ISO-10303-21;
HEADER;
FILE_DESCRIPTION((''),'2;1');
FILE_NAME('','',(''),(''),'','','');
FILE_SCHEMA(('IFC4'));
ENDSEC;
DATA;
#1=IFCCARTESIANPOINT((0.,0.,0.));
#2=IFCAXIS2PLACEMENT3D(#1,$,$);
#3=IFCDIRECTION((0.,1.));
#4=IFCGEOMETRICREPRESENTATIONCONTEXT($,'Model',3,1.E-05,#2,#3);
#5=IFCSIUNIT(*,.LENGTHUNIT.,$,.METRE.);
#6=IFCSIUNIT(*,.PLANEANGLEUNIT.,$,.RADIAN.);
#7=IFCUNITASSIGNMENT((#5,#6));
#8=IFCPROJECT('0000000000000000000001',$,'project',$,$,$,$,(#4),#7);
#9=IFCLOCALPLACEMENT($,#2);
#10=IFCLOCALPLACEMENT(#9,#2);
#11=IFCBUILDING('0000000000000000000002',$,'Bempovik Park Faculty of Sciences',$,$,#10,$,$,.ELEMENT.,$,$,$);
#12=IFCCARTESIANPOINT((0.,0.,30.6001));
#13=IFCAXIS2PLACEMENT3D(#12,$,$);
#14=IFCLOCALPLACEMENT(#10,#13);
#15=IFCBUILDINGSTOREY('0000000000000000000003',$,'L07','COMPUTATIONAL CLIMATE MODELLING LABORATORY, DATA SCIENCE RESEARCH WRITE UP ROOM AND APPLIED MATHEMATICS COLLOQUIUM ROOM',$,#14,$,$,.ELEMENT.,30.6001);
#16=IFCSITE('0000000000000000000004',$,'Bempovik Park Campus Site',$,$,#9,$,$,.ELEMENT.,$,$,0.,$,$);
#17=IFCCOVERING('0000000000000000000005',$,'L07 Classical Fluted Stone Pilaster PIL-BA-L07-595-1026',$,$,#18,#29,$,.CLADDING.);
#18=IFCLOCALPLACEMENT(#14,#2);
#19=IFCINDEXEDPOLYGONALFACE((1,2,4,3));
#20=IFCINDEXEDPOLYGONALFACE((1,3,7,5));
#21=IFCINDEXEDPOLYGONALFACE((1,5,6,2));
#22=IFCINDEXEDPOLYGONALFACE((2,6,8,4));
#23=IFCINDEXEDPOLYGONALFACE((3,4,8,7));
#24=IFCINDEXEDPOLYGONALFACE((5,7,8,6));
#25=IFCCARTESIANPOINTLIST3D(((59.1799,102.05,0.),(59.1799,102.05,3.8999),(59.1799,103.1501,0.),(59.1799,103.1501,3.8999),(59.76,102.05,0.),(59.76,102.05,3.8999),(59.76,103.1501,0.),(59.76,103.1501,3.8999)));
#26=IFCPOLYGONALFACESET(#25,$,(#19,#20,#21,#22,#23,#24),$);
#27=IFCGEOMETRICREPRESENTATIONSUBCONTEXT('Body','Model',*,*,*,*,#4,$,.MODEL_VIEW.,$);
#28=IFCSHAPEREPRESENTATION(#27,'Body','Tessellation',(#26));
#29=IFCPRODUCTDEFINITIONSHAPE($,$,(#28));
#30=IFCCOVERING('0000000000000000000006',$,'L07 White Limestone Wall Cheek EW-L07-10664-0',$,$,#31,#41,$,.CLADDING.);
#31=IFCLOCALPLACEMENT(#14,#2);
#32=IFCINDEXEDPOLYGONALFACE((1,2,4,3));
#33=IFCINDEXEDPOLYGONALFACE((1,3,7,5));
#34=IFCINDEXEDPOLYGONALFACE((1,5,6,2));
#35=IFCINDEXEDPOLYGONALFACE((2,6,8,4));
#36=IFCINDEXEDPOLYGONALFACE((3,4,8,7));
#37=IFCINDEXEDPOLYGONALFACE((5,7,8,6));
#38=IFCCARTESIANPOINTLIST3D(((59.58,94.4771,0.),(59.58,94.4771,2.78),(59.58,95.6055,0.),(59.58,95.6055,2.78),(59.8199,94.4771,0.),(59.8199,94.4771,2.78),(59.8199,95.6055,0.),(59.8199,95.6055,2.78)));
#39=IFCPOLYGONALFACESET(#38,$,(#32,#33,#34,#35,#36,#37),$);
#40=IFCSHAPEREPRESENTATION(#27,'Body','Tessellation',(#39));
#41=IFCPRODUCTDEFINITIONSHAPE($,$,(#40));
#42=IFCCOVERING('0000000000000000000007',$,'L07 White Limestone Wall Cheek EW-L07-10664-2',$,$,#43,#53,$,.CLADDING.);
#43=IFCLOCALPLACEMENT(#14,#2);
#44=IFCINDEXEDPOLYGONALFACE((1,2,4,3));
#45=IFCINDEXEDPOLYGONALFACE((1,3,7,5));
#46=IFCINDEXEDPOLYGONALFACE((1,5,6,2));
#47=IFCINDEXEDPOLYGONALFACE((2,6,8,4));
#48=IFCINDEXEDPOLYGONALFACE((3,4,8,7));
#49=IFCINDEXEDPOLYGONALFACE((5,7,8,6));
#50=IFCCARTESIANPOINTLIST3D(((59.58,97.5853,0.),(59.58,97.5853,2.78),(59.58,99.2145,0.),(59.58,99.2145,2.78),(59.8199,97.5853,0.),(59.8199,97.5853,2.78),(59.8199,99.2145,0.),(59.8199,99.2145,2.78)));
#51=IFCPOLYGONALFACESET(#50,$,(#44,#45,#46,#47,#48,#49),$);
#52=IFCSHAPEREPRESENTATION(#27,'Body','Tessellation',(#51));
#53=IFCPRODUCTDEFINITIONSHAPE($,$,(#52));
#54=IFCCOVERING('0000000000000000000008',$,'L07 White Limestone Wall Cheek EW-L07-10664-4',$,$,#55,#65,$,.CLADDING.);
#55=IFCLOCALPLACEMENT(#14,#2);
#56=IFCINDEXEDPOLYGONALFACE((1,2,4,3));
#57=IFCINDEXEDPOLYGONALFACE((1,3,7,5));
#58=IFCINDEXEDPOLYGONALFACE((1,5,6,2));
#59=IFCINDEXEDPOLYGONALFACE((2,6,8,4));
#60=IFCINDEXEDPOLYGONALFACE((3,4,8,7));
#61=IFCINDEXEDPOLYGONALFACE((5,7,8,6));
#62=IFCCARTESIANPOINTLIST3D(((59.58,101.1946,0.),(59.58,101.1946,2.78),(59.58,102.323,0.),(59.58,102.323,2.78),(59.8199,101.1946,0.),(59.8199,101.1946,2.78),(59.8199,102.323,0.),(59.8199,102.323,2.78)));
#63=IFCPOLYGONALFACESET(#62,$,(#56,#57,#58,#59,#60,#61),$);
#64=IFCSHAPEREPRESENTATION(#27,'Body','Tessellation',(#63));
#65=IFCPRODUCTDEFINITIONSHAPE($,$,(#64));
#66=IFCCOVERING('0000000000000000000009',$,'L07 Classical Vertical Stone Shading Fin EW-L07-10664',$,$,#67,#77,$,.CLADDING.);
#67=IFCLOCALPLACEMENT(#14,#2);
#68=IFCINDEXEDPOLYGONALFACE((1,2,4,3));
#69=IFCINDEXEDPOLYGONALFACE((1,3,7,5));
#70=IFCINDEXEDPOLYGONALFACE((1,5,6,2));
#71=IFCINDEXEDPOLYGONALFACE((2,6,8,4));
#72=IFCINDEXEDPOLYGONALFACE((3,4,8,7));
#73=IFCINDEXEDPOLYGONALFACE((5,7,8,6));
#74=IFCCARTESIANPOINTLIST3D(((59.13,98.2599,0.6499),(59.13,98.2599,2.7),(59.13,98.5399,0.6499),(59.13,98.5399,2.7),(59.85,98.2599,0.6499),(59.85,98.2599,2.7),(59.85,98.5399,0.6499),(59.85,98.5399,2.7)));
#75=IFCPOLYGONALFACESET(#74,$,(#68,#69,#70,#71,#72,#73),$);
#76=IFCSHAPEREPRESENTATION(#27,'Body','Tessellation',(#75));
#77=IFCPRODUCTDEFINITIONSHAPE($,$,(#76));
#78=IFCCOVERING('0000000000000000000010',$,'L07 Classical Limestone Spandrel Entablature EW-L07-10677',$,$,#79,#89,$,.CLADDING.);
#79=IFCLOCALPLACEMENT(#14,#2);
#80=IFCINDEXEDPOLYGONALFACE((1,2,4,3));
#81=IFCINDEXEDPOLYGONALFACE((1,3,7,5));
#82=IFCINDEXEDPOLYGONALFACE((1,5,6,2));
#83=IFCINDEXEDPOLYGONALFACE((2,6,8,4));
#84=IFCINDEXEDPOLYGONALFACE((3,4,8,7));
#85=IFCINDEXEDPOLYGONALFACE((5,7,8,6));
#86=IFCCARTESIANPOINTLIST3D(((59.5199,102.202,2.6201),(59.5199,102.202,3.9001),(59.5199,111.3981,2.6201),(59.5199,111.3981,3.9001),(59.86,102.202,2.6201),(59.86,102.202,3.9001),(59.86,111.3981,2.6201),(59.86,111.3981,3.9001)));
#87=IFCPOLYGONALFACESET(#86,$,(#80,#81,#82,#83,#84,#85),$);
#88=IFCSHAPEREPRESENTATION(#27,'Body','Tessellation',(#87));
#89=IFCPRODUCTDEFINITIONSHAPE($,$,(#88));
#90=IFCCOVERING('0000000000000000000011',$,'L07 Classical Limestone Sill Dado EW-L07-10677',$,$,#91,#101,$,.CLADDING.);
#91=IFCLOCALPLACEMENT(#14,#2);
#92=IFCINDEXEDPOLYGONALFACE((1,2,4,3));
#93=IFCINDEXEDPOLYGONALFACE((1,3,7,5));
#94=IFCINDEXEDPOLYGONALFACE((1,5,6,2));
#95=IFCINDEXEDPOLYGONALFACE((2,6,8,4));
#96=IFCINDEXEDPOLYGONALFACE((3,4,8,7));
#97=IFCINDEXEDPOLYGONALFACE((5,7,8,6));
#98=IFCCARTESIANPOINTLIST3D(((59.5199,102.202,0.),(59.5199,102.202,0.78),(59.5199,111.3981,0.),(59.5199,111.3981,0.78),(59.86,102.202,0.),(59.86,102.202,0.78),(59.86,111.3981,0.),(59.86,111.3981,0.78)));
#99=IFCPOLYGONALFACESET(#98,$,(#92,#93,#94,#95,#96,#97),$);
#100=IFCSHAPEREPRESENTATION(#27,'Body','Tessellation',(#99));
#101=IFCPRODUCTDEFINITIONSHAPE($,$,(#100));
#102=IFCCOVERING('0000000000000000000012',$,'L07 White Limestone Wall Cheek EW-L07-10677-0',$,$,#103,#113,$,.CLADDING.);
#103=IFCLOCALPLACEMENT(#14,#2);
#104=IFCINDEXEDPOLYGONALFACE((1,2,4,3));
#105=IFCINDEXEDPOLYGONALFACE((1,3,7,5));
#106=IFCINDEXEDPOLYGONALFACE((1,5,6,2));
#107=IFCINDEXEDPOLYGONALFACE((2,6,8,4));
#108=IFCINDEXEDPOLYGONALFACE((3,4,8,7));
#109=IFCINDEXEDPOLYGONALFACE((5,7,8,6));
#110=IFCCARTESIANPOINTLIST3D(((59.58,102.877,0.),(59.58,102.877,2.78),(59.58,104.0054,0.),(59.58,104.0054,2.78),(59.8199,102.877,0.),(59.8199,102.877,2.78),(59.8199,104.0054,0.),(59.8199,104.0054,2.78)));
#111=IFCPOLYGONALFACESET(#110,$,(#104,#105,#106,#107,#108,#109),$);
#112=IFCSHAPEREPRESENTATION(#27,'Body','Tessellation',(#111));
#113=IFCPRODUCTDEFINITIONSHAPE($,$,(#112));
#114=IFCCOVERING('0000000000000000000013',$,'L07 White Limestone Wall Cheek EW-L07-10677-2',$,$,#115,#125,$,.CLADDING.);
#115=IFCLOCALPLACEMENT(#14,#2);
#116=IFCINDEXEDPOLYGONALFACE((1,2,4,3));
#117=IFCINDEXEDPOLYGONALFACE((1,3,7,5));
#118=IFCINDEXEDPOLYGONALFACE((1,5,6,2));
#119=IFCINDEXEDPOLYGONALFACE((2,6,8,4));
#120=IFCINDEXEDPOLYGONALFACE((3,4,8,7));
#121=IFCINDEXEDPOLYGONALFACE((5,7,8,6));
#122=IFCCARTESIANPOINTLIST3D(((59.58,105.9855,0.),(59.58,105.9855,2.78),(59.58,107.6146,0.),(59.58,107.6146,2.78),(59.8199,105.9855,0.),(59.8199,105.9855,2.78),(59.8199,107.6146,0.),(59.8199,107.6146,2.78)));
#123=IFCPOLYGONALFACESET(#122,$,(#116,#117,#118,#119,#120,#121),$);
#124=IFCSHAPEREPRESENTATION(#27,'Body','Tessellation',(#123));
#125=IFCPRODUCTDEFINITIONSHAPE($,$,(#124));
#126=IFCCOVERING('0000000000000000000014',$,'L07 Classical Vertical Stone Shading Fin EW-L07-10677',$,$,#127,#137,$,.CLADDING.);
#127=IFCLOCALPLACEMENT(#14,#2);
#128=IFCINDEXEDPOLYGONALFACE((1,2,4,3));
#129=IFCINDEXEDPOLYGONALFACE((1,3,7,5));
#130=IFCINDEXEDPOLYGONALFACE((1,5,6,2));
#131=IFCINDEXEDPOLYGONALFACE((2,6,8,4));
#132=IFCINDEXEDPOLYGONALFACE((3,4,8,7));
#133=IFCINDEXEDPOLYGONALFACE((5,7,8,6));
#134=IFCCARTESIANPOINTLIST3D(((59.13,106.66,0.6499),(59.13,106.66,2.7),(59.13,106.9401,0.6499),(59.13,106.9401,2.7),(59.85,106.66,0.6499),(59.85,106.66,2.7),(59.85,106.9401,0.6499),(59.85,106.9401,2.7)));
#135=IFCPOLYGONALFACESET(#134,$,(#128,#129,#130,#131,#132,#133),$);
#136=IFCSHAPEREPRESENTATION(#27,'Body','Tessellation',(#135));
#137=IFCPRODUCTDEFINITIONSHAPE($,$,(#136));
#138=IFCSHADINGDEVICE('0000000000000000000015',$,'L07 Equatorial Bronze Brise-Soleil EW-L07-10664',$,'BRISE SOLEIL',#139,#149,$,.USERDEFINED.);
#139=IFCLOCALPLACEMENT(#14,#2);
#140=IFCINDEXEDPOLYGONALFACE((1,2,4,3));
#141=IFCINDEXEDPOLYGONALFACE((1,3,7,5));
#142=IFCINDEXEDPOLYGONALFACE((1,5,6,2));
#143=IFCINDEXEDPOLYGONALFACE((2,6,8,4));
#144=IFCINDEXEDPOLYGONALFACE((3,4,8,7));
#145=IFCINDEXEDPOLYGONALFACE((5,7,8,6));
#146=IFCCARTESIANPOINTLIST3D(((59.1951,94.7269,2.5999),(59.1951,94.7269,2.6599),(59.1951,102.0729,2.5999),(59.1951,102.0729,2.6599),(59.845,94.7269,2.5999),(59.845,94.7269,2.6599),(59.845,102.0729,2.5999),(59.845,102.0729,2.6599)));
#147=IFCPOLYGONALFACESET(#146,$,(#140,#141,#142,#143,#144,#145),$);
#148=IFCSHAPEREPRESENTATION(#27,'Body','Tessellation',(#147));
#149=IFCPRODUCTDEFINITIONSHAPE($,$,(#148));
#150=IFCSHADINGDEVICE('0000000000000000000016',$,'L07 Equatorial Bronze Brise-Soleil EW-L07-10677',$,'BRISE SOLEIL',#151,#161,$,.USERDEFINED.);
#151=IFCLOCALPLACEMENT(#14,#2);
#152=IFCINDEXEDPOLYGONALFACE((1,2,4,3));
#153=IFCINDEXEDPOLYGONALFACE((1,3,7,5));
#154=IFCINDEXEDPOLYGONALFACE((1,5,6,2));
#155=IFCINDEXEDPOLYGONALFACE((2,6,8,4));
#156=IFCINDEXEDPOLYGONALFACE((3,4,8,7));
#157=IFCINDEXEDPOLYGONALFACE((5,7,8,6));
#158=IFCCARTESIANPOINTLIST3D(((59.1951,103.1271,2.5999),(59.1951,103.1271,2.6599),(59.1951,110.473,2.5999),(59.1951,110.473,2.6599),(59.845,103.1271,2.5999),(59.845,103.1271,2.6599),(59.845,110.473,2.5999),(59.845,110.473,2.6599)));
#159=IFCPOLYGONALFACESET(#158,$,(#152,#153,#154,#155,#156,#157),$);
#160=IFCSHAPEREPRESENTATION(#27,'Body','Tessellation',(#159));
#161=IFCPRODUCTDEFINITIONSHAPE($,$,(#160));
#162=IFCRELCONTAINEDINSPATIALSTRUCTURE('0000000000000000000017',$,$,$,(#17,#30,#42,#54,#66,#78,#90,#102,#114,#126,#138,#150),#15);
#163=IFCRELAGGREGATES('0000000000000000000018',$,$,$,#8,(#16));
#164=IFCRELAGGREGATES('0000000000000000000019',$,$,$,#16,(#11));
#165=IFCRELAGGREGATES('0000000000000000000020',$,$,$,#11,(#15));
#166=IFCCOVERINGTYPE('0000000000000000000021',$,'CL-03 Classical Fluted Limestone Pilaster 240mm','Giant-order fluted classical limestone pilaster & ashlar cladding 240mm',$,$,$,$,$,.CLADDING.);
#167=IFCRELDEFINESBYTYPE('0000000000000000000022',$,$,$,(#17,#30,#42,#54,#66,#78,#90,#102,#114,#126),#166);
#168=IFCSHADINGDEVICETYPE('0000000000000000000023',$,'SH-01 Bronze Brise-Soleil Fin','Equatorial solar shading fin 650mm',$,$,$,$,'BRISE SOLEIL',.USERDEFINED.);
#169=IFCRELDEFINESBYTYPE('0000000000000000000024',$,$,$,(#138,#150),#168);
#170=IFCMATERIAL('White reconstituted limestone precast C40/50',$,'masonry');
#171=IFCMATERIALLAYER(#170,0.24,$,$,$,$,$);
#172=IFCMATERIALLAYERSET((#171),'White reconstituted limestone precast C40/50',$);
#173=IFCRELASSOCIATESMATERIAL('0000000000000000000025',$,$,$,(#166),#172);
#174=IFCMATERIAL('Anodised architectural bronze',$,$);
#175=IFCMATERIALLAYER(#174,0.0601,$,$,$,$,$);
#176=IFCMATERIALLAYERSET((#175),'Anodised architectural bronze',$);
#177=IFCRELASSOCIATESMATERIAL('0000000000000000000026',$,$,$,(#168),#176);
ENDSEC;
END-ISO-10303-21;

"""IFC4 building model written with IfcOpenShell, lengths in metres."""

from ifc_helpers import new_model, si_unit, direction, frame, origin, origin_2d, place, context, subcontext, project, spatial, rectangle, extrude, material, layer, layer_set, type_object, element, save


model = new_model("IFC4")

# Units and contexts
model_context = context("Model", 3, precision=1e-05, world=origin(), true_north=direction((0.0, 1.0)))
body_context = subcontext(model_context, "Body", "Model", "MODEL_VIEW")
ifc_project = project(units=[si_unit("LENGTHUNIT", "METRE"), si_unit("PLANEANGLEUNIT", "RADIAN")], contexts=[model_context])

# Site, building, storey
site_placement = place(None, origin())
site = spatial("IfcSite", under=ifc_project, at=site_placement, Name="Bempovik Park Campus Site", CompositionType="ELEMENT", RefElevation=0.0)
building_placement = place(site_placement, origin())
building = spatial("IfcBuilding", under=site, at=building_placement, Name="Bempovik Park Faculty of Sciences", CompositionType="ELEMENT")
storey_placement = place(building_placement, frame((0.0, 0.0, 30.6001)))
storey = spatial("IfcBuildingStorey", under=building, at=storey_placement, Name="L07", Description="COMPUTATIONAL CLIMATE MODELLING LABORATORY, DATA SCIENCE RESEARCH WRITE UP ROOM AND APPLIED MATHEMATICS COLLOQUIUM ROOM", CompositionType="ELEMENT", Elevation=30.6001)

# Coverings
ifc_material_1 = material(Name="White reconstituted limestone precast C40/50", Category="masonry")
ifc_layer_1 = layer(ifc_material_1, 0.24)
ifc_layer_set_1 = layer_set([ifc_layer_1], Name="White reconstituted limestone precast C40/50")
covering_type_1 = type_object("IfcCoveringType", Name="CL-03 Classical Fluted Limestone Pilaster 240mm", Description="Giant-order fluted classical limestone pilaster & ashlar cladding 240mm", PredefinedType="CLADDING", material=ifc_layer_set_1)
covering_1_placement = place(storey_placement, frame((59.47, 102.6001, 0.0), z_axis=(0.0, 0.0, 1.0), x_axis=(1.0, 0.0, 0.0)))
element("IfcCovering", 1, at=covering_1_placement, inside=storey, type_object=covering_type_1, Name="L07 Classical Fluted Stone Pilaster PIL-BA-L07-595-1026", PredefinedType="CLADDING", context=body_context, shape_type="SweptSolid", body=[
    extrude(rectangle(XDim=0.5801, YDim=1.1001, at=origin_2d()), origin(), (0.0, 0.0, 1.0), 3.8999),
])
covering_2_placement = place(storey_placement, frame((59.7, 95.0413, 0.0), z_axis=(0.0, 0.0, 1.0), x_axis=(1.0, 0.0, 0.0)))
element("IfcCovering", 2, at=covering_2_placement, inside=storey, type_object=covering_type_1, Name="L07 White Limestone Wall Cheek EW-L07-10664-0", PredefinedType="CLADDING", context=body_context, shape_type="SweptSolid", body=[
    extrude(rectangle(XDim=0.24, YDim=1.1284, at=origin_2d()), origin(), (0.0, 0.0, 1.0), 2.78),
])
covering_3_placement = place(storey_placement, frame((59.7, 98.3999, 0.0), z_axis=(0.0, 0.0, 1.0), x_axis=(1.0, 0.0, 0.0)))
element("IfcCovering", 3, at=covering_3_placement, inside=storey, type_object=covering_type_1, Name="L07 White Limestone Wall Cheek EW-L07-10664-2", PredefinedType="CLADDING", context=body_context, shape_type="SweptSolid", body=[
    extrude(rectangle(XDim=0.24, YDim=1.6292, at=origin_2d()), origin(), (0.0, 0.0, 1.0), 2.78),
])
covering_4_placement = place(storey_placement, frame((59.7, 101.7588, 0.0), z_axis=(0.0, 0.0, 1.0), x_axis=(1.0, 0.0, 0.0)))
element("IfcCovering", 4, at=covering_4_placement, inside=storey, type_object=covering_type_1, Name="L07 White Limestone Wall Cheek EW-L07-10664-4", PredefinedType="CLADDING", context=body_context, shape_type="SweptSolid", body=[
    extrude(rectangle(XDim=0.24, YDim=1.1284, at=origin_2d()), origin(), (0.0, 0.0, 1.0), 2.78),
])
covering_5_placement = place(storey_placement, frame((59.49, 98.3999, 0.6499), z_axis=(0.0, 0.0, 1.0), x_axis=(1.0, 0.0, 0.0)))
element("IfcCovering", 5, at=covering_5_placement, inside=storey, type_object=covering_type_1, Name="L07 Classical Vertical Stone Shading Fin EW-L07-10664", PredefinedType="CLADDING", context=body_context, shape_type="SweptSolid", body=[
    extrude(rectangle(XDim=0.72, YDim=0.28, at=origin_2d()), origin(), (0.0, 0.0, 1.0), 2.05),
])
covering_6_placement = place(storey_placement, frame((59.6899, 106.8, 2.6201), z_axis=(0.0, 0.0, 1.0), x_axis=(1.0, 0.0, 0.0)))
element("IfcCovering", 6, at=covering_6_placement, inside=storey, type_object=covering_type_1, Name="L07 Classical Limestone Spandrel Entablature EW-L07-10677", PredefinedType="CLADDING", context=body_context, shape_type="SweptSolid", body=[
    extrude(rectangle(XDim=0.3401, YDim=9.196, at=origin_2d()), origin(), (0.0, 0.0, 1.0), 1.28),
])
covering_7_placement = place(storey_placement, frame((59.6899, 106.8, 0.0), z_axis=(0.0, 0.0, 1.0), x_axis=(1.0, 0.0, 0.0)))
element("IfcCovering", 7, at=covering_7_placement, inside=storey, type_object=covering_type_1, Name="L07 Classical Limestone Sill Dado EW-L07-10677", PredefinedType="CLADDING", context=body_context, shape_type="SweptSolid", body=[
    extrude(rectangle(XDim=0.3401, YDim=9.196, at=origin_2d()), origin(), (0.0, 0.0, 1.0), 0.78),
])
covering_8_placement = place(storey_placement, frame((59.7, 103.4412, 0.0), z_axis=(0.0, 0.0, 1.0), x_axis=(1.0, 0.0, 0.0)))
element("IfcCovering", 8, at=covering_8_placement, inside=storey, type_object=covering_type_1, Name="L07 White Limestone Wall Cheek EW-L07-10677-0", PredefinedType="CLADDING", context=body_context, shape_type="SweptSolid", body=[
    extrude(rectangle(XDim=0.24, YDim=1.1284, at=origin_2d()), origin(), (0.0, 0.0, 1.0), 2.78),
])
covering_9_placement = place(storey_placement, frame((59.7, 106.8, 0.0), z_axis=(0.0, 0.0, 1.0), x_axis=(1.0, 0.0, 0.0)))
element("IfcCovering", 9, at=covering_9_placement, inside=storey, type_object=covering_type_1, Name="L07 White Limestone Wall Cheek EW-L07-10677-2", PredefinedType="CLADDING", context=body_context, shape_type="SweptSolid", body=[
    extrude(rectangle(XDim=0.24, YDim=1.6292, at=origin_2d()), origin(), (0.0, 0.0, 1.0), 2.78),
])
covering_10_placement = place(storey_placement, frame((59.49, 106.8, 0.6499), z_axis=(0.0, 0.0, 1.0), x_axis=(1.0, 0.0, 0.0)))
element("IfcCovering", 10, at=covering_10_placement, inside=storey, type_object=covering_type_1, Name="L07 Classical Vertical Stone Shading Fin EW-L07-10677", PredefinedType="CLADDING", context=body_context, shape_type="SweptSolid", body=[
    extrude(rectangle(XDim=0.72, YDim=0.28, at=origin_2d()), origin(), (0.0, 0.0, 1.0), 2.05),
])

# Shading devices
ifc_material_2 = material(Name="Anodised architectural bronze")
ifc_layer_2 = layer(ifc_material_2, 0.0601)
ifc_layer_set_2 = layer_set([ifc_layer_2], Name="Anodised architectural bronze")
shading_device_type = type_object("IfcShadingDeviceType", Name="SH-01 Bronze Brise-Soleil Fin", Description="Equatorial solar shading fin 650mm", ElementType="BRISE SOLEIL", PredefinedType="USERDEFINED", material=ifc_layer_set_2)
for number, where, z_axis, x_axis, name in (
    (11, (59.52, 98.3999, 2.5999), (0.0, 0.0, 1.0), (1.0, 0.0, 0.0), "L07 Equatorial Bronze Brise-Soleil EW-L07-10664"),
    (12, (59.52, 106.8, 2.5999), (0.0, 0.0, 1.0), (1.0, 0.0, 0.0), "L07 Equatorial Bronze Brise-Soleil EW-L07-10677"),
):
    element("IfcShadingDevice", number, at=place(storey_placement, frame(where, z_axis=z_axis, x_axis=x_axis)), inside=storey, type_object=shading_device_type, Name=name, ObjectType="BRISE SOLEIL", PredefinedType="USERDEFINED", context=body_context, shape_type="SweptSolid", body=[
        extrude(rectangle(XDim=0.6499, YDim=7.3459, at=origin_2d()), origin(), (0.0, 0.0, 1.0), 0.0601),
    ])

save(model, "model.ifc")
